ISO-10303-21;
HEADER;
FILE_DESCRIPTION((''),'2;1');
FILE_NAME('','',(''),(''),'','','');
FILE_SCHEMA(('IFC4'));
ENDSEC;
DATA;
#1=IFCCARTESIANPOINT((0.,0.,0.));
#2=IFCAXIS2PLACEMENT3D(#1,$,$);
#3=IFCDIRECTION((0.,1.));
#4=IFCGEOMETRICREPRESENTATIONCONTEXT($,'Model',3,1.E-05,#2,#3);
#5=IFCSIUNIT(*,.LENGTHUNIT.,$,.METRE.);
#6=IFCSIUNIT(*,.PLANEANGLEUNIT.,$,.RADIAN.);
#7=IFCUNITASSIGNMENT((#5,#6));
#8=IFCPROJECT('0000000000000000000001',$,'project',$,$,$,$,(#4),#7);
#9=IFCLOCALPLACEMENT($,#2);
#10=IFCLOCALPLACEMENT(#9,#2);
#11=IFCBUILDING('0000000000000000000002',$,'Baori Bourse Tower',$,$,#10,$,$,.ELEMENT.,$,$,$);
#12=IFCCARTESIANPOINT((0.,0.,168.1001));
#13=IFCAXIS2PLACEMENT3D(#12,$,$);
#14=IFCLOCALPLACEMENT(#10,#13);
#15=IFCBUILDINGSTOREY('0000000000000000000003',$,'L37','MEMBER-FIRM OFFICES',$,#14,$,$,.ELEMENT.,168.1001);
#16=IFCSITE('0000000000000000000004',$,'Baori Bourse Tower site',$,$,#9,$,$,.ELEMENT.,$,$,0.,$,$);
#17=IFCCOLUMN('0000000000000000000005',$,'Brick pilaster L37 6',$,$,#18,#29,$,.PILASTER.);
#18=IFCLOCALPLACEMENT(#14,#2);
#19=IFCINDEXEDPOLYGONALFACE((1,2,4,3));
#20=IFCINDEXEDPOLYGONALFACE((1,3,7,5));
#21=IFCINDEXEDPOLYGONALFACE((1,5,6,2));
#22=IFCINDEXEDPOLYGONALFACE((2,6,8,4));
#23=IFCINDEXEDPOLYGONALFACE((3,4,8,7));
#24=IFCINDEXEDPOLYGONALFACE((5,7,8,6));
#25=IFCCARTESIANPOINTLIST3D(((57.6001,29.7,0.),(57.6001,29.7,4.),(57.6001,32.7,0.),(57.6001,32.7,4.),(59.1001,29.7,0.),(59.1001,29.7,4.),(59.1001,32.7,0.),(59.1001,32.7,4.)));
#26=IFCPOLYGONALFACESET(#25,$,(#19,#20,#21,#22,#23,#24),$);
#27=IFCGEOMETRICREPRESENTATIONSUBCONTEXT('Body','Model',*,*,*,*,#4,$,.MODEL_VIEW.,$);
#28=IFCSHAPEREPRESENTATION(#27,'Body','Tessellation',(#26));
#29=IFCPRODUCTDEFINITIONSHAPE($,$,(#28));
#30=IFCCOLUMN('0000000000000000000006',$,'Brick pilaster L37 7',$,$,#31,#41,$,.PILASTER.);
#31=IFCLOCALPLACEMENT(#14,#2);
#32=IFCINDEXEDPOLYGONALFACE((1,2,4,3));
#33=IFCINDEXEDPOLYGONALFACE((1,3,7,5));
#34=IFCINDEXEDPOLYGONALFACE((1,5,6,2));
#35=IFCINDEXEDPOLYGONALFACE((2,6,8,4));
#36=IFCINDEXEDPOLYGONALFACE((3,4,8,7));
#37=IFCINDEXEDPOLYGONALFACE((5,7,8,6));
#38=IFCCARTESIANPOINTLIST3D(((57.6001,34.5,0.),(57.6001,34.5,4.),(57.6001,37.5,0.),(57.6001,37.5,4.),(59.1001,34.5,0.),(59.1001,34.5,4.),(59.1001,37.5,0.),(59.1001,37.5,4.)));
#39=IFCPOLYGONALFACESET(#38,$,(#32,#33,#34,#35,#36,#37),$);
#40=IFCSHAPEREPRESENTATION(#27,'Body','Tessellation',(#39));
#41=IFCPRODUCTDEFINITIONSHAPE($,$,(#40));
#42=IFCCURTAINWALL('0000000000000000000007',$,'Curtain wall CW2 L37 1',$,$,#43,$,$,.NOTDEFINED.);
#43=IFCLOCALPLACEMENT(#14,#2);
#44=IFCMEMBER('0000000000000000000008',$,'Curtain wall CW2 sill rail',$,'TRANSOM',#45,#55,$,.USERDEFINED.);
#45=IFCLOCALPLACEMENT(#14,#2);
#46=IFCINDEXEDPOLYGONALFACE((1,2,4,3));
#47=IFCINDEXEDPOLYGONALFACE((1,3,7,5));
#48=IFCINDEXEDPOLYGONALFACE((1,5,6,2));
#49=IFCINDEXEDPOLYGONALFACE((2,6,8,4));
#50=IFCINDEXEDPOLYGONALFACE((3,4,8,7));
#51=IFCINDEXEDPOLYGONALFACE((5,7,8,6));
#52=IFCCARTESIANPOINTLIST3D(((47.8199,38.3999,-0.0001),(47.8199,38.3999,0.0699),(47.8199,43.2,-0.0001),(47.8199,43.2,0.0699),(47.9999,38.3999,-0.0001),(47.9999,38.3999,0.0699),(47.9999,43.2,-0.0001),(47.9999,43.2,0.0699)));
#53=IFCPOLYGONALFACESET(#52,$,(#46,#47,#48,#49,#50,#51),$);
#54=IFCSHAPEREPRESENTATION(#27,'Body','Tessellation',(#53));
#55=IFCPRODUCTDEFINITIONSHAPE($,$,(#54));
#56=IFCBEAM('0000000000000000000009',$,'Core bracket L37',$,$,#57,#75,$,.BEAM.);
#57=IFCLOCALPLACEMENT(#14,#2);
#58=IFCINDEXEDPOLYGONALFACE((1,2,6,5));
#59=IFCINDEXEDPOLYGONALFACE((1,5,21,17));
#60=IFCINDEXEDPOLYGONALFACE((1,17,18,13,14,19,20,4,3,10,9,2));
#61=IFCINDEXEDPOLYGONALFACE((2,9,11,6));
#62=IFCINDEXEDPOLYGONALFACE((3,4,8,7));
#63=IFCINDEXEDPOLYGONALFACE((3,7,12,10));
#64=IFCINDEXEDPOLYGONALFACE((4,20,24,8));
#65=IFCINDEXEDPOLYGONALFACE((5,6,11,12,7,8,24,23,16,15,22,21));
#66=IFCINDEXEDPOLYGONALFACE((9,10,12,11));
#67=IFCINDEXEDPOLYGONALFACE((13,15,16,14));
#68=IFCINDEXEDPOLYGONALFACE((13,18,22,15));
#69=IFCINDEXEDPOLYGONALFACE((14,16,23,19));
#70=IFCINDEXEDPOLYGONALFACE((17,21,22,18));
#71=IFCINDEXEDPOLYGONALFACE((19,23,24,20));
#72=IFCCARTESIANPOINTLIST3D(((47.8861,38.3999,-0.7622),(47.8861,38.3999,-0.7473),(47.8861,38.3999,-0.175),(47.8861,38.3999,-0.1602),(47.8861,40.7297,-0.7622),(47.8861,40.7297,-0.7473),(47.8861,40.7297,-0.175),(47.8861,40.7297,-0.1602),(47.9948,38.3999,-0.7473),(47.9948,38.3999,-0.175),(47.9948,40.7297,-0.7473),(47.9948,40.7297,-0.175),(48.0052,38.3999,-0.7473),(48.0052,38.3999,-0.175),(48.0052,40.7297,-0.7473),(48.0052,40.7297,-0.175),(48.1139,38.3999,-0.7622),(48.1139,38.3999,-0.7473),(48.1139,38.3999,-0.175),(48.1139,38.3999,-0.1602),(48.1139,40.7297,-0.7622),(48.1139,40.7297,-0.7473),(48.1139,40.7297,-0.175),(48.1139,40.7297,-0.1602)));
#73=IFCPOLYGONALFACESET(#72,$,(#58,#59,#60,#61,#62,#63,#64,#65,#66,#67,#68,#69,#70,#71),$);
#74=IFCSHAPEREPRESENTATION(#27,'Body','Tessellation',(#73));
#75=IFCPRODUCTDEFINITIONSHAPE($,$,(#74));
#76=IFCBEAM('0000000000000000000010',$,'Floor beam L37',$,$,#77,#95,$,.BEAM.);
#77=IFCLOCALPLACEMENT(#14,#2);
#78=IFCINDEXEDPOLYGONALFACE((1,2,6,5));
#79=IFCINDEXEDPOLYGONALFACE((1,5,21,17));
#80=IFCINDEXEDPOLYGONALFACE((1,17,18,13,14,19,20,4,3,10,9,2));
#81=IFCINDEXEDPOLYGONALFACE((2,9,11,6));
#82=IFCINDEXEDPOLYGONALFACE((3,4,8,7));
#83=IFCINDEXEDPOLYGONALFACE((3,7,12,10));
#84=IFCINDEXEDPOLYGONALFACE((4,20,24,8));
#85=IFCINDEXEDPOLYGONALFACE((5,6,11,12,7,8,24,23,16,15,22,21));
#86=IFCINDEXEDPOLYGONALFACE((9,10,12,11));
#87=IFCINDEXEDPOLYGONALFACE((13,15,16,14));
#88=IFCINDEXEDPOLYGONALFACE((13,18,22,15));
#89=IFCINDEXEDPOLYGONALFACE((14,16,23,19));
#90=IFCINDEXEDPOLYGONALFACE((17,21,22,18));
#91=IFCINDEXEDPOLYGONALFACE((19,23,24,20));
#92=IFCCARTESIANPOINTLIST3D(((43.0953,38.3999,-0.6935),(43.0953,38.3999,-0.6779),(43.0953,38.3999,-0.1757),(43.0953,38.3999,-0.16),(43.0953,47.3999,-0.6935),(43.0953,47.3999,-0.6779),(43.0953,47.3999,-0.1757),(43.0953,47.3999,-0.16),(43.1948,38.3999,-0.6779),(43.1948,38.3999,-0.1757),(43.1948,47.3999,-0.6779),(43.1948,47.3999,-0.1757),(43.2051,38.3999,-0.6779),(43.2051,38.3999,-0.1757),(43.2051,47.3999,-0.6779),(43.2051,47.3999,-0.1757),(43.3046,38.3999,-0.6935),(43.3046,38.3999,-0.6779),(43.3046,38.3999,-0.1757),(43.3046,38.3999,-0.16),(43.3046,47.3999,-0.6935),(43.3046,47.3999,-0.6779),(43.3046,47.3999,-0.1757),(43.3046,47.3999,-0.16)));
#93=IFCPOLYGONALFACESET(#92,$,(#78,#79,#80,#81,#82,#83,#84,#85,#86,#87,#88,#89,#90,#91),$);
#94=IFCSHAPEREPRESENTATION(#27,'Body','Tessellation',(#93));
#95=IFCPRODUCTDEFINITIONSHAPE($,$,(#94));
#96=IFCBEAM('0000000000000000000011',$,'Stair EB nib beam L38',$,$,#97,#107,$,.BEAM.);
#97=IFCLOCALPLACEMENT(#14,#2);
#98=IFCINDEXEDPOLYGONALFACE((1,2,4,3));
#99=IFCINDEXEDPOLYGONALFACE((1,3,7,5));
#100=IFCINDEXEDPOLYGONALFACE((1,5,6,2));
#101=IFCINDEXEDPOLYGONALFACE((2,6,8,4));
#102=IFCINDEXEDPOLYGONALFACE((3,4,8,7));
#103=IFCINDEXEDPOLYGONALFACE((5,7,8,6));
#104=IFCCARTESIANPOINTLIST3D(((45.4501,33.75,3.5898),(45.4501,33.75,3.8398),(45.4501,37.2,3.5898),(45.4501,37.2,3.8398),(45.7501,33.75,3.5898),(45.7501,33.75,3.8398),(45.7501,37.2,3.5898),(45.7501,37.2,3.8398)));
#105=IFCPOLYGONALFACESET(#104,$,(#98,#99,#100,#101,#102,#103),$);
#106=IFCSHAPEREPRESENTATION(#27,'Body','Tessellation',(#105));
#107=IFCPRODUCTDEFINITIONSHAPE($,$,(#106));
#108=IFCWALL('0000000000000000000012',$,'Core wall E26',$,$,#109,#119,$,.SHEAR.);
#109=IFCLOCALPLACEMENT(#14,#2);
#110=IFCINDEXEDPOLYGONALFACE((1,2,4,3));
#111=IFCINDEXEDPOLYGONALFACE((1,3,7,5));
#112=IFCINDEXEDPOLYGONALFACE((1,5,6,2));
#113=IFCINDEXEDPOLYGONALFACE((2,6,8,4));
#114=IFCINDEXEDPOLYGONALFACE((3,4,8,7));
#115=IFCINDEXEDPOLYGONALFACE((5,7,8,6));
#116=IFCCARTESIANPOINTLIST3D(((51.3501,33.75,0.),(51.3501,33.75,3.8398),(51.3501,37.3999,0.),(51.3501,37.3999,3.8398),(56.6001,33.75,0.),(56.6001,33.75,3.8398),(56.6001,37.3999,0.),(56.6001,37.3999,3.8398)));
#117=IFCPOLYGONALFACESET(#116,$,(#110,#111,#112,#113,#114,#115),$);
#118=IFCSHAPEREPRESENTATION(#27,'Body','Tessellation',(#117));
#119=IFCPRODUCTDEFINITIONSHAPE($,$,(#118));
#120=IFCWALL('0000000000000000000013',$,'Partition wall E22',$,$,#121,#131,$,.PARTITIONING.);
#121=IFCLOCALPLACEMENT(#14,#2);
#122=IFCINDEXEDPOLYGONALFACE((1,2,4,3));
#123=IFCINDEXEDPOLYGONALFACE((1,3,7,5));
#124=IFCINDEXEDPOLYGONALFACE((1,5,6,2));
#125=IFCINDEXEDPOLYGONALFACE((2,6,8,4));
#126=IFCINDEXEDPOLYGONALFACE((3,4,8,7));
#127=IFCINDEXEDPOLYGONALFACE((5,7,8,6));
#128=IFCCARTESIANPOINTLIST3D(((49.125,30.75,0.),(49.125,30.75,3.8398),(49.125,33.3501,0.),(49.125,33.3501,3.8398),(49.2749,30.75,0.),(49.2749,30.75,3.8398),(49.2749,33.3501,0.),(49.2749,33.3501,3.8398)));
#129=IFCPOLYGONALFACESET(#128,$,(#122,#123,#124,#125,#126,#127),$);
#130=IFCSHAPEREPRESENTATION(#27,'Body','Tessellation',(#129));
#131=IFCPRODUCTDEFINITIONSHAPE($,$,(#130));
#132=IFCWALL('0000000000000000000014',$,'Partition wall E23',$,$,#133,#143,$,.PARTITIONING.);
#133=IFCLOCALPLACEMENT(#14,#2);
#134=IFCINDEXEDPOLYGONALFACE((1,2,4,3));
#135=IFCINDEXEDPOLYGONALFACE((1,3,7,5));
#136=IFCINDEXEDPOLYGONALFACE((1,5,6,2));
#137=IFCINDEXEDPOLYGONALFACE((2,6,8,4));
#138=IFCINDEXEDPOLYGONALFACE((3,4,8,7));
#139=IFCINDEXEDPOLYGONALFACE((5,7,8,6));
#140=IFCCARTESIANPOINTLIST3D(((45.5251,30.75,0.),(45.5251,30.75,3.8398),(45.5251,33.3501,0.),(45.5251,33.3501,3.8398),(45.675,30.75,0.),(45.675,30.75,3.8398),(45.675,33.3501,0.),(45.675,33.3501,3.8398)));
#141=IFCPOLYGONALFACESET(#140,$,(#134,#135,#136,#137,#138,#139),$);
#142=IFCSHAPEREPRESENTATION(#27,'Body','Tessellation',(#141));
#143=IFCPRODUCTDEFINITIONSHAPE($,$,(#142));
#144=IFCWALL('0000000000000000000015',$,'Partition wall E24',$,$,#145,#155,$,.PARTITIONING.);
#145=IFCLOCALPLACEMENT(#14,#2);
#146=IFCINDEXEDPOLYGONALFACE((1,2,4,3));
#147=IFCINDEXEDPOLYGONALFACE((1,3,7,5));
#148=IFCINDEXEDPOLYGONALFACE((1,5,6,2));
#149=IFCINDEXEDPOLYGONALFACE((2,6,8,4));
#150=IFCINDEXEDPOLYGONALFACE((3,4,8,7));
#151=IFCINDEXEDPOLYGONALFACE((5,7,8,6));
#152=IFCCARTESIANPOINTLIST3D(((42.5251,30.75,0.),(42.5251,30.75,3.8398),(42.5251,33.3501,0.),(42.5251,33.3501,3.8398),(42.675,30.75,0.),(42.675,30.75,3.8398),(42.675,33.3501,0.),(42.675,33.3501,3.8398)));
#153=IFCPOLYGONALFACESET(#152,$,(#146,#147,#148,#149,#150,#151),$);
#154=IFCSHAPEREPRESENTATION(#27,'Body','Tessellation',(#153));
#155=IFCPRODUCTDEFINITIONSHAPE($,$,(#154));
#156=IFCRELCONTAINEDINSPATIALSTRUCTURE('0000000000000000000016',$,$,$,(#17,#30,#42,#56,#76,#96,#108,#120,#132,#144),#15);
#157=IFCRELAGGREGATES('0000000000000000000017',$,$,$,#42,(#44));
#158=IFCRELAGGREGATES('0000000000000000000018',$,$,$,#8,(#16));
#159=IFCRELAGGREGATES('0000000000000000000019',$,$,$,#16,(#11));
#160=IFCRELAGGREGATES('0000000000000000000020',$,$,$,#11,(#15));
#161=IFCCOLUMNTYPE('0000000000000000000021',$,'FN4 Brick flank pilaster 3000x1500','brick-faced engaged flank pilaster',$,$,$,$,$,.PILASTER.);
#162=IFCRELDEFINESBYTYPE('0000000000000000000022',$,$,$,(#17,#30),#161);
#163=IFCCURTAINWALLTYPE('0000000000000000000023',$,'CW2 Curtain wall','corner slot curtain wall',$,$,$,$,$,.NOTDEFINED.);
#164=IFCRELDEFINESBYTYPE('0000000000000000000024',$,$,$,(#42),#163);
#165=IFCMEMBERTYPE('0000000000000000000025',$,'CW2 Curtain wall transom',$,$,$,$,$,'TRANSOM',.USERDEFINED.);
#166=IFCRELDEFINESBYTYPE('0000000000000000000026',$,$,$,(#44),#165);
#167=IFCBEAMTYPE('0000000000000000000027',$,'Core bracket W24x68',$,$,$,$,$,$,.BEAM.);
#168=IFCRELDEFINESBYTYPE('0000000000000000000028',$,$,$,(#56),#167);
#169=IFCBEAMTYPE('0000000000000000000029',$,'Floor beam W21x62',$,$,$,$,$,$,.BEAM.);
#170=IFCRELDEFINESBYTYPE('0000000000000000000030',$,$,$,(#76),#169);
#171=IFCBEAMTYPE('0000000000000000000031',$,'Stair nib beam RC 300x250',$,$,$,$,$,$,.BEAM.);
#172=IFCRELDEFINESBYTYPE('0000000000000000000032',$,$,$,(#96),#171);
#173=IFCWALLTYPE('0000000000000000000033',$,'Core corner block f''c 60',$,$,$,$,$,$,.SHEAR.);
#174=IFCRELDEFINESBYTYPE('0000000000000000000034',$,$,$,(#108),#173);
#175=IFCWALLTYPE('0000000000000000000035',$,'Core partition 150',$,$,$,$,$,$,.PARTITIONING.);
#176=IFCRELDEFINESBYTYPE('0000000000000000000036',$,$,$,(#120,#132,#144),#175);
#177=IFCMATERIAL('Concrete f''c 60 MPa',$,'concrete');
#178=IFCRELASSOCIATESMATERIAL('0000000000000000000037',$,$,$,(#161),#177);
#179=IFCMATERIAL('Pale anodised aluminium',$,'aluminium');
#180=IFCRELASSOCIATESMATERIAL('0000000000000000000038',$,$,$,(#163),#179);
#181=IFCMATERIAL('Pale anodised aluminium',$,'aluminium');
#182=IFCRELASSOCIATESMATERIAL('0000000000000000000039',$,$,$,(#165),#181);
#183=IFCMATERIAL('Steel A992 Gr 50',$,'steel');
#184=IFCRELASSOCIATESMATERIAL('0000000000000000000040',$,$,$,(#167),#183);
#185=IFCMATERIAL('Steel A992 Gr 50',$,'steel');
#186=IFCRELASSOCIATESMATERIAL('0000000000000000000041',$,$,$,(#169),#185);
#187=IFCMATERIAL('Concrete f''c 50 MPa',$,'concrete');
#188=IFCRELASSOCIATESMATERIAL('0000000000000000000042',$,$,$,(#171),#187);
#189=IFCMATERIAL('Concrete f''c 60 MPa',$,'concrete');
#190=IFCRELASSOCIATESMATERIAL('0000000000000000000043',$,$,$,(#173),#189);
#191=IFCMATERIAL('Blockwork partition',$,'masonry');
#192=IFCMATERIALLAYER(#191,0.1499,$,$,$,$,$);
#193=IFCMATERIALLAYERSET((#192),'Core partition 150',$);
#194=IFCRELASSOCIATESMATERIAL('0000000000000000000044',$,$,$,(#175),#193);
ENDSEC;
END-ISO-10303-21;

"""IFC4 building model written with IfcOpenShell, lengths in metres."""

from ifc_helpers import new_model, si_unit, direction, frame, frame_2d, origin, origin_2d, place, context, subcontext, project, spatial, rectangle, i_section, extrude, material, layer, layer_set, material_profile, profile_set, type_object, element, aggregate, save


model = new_model("IFC4")

# Units and contexts
model_context = context("Model", 3, precision=1e-05, world=origin(), true_north=direction((0.0, 1.0)))
body_context = subcontext(model_context, "Body", "Model", "MODEL_VIEW")
ifc_project = project(units=[si_unit("LENGTHUNIT", "METRE"), si_unit("PLANEANGLEUNIT", "RADIAN")], contexts=[model_context])

# Site, building, storey
site_placement = place(None, origin())
site = spatial("IfcSite", under=ifc_project, at=site_placement, Name="Baori Bourse Tower site", CompositionType="ELEMENT", RefElevation=0.0)
building_placement = place(site_placement, origin())
building = spatial("IfcBuilding", under=site, at=building_placement, Name="Baori Bourse Tower", CompositionType="ELEMENT")
storey_placement = place(building_placement, frame((0.0, 0.0, 168.1001)))
storey = spatial("IfcBuildingStorey", under=building, at=storey_placement, Name="L37", Description="MEMBER-FIRM OFFICES", CompositionType="ELEMENT", Elevation=168.1001)

# Columns
ifc_material_1 = material(Name="Concrete f'c 60 MPa", Category="concrete")
ifc_material_profile_1 = material_profile(ifc_material_1, rectangle(XDim=3.0, YDim=1.5, at=origin_2d()), Name="RC 3000x1500")
ifc_profile_set_1 = profile_set([ifc_material_profile_1], Name="Concrete f'c 60 MPa")
column_type = type_object("IfcColumnType", Name="FN4 Brick flank pilaster 3000x1500", Description="brick-faced engaged flank pilaster", PredefinedType="PILASTER", material=ifc_profile_set_1)
for number, where, z_axis, x_axis, name in (
    (1, (58.3501, 31.2, 0.0), (0.0, 0.0, 1.0), (0.0, 1.0, 0.0), "Brick pilaster L37 6"),
    (2, (58.3501, 36.0, 0.0), (0.0, 0.0, 1.0), (0.0, 1.0, 0.0), "Brick pilaster L37 7"),
):
    element("IfcColumn", number, at=place(storey_placement, frame(where, z_axis=z_axis, x_axis=x_axis)), inside=storey, type_object=column_type, Name=name, PredefinedType="PILASTER", context=body_context, shape_type="SweptSolid", body=[
        extrude(rectangle(XDim=3.0, YDim=1.5, at=origin_2d()), origin(), (0.0, 0.0, 1.0), 4.0),
    ])

# Curtain wall, member
ifc_material_2 = material(Name="Pale anodised aluminium", Category="aluminium")
curtain_wall_type = type_object("IfcCurtainWallType", Name="CW2 Curtain wall", Description="corner slot curtain wall", PredefinedType="NOTDEFINED", material=ifc_material_2)
curtain_wall_placement = place(storey_placement, origin())
curtain_wall = element("IfcCurtainWall", 3, at=curtain_wall_placement, inside=storey, type_object=curtain_wall_type, Name="Curtain wall CW2 L37 1", PredefinedType="NOTDEFINED")
ifc_material_3 = material(Name="Pale anodised aluminium", Category="aluminium")
ifc_material_profile_2 = material_profile(ifc_material_3, rectangle(XDim=0.1799, YDim=0.0701, at=origin_2d()), Name="Transom 70x180")
ifc_profile_set_2 = profile_set([ifc_material_profile_2], Name="Pale anodised aluminium")
member_type = type_object("IfcMemberType", Name="CW2 Curtain wall transom", ElementType="TRANSOM", PredefinedType="USERDEFINED", material=ifc_profile_set_2)
member_placement = place(storey_placement, frame((47.9099, 38.3999, 0.0349), z_axis=(0.0, 1.0, 0.0), x_axis=(-1.0, 0.0, 0.0)))
member = element("IfcMember", 4, at=member_placement, type_object=member_type, Name="Curtain wall CW2 sill rail", ObjectType="TRANSOM", PredefinedType="USERDEFINED", context=body_context, shape_type="SweptSolid", body=[
    extrude(rectangle(XDim=0.1799, YDim=0.0701, at=origin_2d()), origin(), (0.0, 0.0, 1.0), 4.8),
])
aggregate(curtain_wall, [member])

# Beams
ifc_material_4 = material(Name="Steel A992 Gr 50", Category="steel")
ifc_material_profile_3 = material_profile(ifc_material_4, i_section(OverallWidth=0.2278, OverallDepth=0.6021, WebThickness=0.0105, FlangeThickness=0.0149, at=origin_2d()), Name="W24x68")
ifc_profile_set_3 = profile_set([ifc_material_profile_3], Name="Steel A992 Gr 50")
beam_type_1 = type_object("IfcBeamType", Name="Core bracket W24x68", PredefinedType="BEAM", material=ifc_profile_set_3)
beam_1_placement = place(storey_placement, frame((48.0, 38.3999, -0.4612), z_axis=(0.0, 1.0, 0.0), x_axis=(-1.0, 0.0, 0.0)))
element("IfcBeam", 5, at=beam_1_placement, inside=storey, type_object=beam_type_1, Name="Core bracket L37", PredefinedType="BEAM", context=body_context, shape_type="SweptSolid", body=[
    extrude(i_section(OverallWidth=0.2278, OverallDepth=0.6021, WebThickness=0.0105, FlangeThickness=0.0149, at=origin_2d()), origin(), (0.0, 0.0, 1.0), 2.3298),
])
ifc_material_5 = material(Name="Steel A992 Gr 50", Category="steel")
ifc_material_profile_4 = material_profile(ifc_material_5, i_section(OverallWidth=0.2092, OverallDepth=0.5334, WebThickness=0.0103, FlangeThickness=0.0156, at=origin_2d()), Name="W21x62")
ifc_profile_set_4 = profile_set([ifc_material_profile_4], Name="Steel A992 Gr 50")
beam_type_2 = type_object("IfcBeamType", Name="Floor beam W21x62", PredefinedType="BEAM", material=ifc_profile_set_4)
beam_2_placement = place(storey_placement, frame((43.2, 38.3999, -0.4268), z_axis=(0.0, 1.0, 0.0), x_axis=(-1.0, 0.0, 0.0)))
element("IfcBeam", 6, at=beam_2_placement, inside=storey, type_object=beam_type_2, Name="Floor beam L37", PredefinedType="BEAM", context=body_context, shape_type="SweptSolid", body=[
    extrude(i_section(OverallWidth=0.2092, OverallDepth=0.5334, WebThickness=0.0103, FlangeThickness=0.0156, at=origin_2d()), origin(), (0.0, 0.0, 1.0), 9.0),
])
ifc_material_6 = material(Name="Concrete f'c 50 MPa", Category="concrete")
ifc_material_profile_5 = material_profile(ifc_material_6, rectangle(XDim=0.3, YDim=0.25, at=origin_2d()), Name="RC 300x250")
ifc_profile_set_5 = profile_set([ifc_material_profile_5], Name="Concrete f'c 50 MPa")
beam_type_3 = type_object("IfcBeamType", Name="Stair nib beam RC 300x250", PredefinedType="BEAM", material=ifc_profile_set_5)
beam_3_placement = place(storey_placement, frame((45.6001, 33.75, 3.7148), z_axis=(0.0, 1.0, 0.0), x_axis=(-1.0, 0.0, 0.0)))
element("IfcBeam", 7, at=beam_3_placement, inside=storey, type_object=beam_type_3, Name="Stair EB nib beam L38", PredefinedType="BEAM", context=body_context, shape_type="SweptSolid", body=[
    extrude(rectangle(XDim=0.3, YDim=0.25, at=origin_2d()), origin(), (0.0, 0.0, 1.0), 3.45),
])

# Walls
ifc_material_7 = material(Name="Concrete f'c 60 MPa", Category="concrete")
wall_type_1 = type_object("IfcWallType", Name="Core corner block f'c 60", PredefinedType="SHEAR", material=ifc_material_7)
wall_1_placement = place(storey_placement, frame((51.3501, 35.575, 0.0), z_axis=(0.0, 0.0, 1.0), x_axis=(1.0, 0.0, 0.0)))
element("IfcWall", 8, at=wall_1_placement, inside=storey, type_object=wall_type_1, Name="Core wall E26", PredefinedType="SHEAR", context=body_context, shape_type="SweptSolid", body=[
    extrude(rectangle(XDim=5.25, YDim=3.6499, at=frame_2d((2.625, 0.0))), origin(), (0.0, 0.0, 1.0), 3.8398),
])
ifc_material_8 = material(Name="Blockwork partition", Category="masonry")
ifc_layer_1 = layer(ifc_material_8, 0.1499)
ifc_layer_set_1 = layer_set([ifc_layer_1], Name="Core partition 150")
wall_type_2 = type_object("IfcWallType", Name="Core partition 150", PredefinedType="PARTITIONING", material=ifc_layer_set_1)
for number, where, z_axis, x_axis, name in (
    (9, (49.2, 30.75, 0.0), (0.0, 0.0, 1.0), (0.0, 1.0, 0.0), "Partition wall E22"),
    (10, (45.6001, 30.75, 0.0), (0.0, 0.0, 1.0), (0.0, 1.0, 0.0), "Partition wall E23"),
    (11, (42.6001, 30.75, 0.0), (0.0, 0.0, 1.0), (0.0, 1.0, 0.0), "Partition wall E24"),
):
    element("IfcWall", number, at=place(storey_placement, frame(where, z_axis=z_axis, x_axis=x_axis)), inside=storey, type_object=wall_type_2, Name=name, PredefinedType="PARTITIONING", context=body_context, shape_type="SweptSolid", body=[
        extrude(rectangle(XDim=2.6001, YDim=0.1499, at=frame_2d((1.3, 0.0))), origin(), (0.0, 0.0, 1.0), 3.8398),
    ])

save(model, "model.ifc")
